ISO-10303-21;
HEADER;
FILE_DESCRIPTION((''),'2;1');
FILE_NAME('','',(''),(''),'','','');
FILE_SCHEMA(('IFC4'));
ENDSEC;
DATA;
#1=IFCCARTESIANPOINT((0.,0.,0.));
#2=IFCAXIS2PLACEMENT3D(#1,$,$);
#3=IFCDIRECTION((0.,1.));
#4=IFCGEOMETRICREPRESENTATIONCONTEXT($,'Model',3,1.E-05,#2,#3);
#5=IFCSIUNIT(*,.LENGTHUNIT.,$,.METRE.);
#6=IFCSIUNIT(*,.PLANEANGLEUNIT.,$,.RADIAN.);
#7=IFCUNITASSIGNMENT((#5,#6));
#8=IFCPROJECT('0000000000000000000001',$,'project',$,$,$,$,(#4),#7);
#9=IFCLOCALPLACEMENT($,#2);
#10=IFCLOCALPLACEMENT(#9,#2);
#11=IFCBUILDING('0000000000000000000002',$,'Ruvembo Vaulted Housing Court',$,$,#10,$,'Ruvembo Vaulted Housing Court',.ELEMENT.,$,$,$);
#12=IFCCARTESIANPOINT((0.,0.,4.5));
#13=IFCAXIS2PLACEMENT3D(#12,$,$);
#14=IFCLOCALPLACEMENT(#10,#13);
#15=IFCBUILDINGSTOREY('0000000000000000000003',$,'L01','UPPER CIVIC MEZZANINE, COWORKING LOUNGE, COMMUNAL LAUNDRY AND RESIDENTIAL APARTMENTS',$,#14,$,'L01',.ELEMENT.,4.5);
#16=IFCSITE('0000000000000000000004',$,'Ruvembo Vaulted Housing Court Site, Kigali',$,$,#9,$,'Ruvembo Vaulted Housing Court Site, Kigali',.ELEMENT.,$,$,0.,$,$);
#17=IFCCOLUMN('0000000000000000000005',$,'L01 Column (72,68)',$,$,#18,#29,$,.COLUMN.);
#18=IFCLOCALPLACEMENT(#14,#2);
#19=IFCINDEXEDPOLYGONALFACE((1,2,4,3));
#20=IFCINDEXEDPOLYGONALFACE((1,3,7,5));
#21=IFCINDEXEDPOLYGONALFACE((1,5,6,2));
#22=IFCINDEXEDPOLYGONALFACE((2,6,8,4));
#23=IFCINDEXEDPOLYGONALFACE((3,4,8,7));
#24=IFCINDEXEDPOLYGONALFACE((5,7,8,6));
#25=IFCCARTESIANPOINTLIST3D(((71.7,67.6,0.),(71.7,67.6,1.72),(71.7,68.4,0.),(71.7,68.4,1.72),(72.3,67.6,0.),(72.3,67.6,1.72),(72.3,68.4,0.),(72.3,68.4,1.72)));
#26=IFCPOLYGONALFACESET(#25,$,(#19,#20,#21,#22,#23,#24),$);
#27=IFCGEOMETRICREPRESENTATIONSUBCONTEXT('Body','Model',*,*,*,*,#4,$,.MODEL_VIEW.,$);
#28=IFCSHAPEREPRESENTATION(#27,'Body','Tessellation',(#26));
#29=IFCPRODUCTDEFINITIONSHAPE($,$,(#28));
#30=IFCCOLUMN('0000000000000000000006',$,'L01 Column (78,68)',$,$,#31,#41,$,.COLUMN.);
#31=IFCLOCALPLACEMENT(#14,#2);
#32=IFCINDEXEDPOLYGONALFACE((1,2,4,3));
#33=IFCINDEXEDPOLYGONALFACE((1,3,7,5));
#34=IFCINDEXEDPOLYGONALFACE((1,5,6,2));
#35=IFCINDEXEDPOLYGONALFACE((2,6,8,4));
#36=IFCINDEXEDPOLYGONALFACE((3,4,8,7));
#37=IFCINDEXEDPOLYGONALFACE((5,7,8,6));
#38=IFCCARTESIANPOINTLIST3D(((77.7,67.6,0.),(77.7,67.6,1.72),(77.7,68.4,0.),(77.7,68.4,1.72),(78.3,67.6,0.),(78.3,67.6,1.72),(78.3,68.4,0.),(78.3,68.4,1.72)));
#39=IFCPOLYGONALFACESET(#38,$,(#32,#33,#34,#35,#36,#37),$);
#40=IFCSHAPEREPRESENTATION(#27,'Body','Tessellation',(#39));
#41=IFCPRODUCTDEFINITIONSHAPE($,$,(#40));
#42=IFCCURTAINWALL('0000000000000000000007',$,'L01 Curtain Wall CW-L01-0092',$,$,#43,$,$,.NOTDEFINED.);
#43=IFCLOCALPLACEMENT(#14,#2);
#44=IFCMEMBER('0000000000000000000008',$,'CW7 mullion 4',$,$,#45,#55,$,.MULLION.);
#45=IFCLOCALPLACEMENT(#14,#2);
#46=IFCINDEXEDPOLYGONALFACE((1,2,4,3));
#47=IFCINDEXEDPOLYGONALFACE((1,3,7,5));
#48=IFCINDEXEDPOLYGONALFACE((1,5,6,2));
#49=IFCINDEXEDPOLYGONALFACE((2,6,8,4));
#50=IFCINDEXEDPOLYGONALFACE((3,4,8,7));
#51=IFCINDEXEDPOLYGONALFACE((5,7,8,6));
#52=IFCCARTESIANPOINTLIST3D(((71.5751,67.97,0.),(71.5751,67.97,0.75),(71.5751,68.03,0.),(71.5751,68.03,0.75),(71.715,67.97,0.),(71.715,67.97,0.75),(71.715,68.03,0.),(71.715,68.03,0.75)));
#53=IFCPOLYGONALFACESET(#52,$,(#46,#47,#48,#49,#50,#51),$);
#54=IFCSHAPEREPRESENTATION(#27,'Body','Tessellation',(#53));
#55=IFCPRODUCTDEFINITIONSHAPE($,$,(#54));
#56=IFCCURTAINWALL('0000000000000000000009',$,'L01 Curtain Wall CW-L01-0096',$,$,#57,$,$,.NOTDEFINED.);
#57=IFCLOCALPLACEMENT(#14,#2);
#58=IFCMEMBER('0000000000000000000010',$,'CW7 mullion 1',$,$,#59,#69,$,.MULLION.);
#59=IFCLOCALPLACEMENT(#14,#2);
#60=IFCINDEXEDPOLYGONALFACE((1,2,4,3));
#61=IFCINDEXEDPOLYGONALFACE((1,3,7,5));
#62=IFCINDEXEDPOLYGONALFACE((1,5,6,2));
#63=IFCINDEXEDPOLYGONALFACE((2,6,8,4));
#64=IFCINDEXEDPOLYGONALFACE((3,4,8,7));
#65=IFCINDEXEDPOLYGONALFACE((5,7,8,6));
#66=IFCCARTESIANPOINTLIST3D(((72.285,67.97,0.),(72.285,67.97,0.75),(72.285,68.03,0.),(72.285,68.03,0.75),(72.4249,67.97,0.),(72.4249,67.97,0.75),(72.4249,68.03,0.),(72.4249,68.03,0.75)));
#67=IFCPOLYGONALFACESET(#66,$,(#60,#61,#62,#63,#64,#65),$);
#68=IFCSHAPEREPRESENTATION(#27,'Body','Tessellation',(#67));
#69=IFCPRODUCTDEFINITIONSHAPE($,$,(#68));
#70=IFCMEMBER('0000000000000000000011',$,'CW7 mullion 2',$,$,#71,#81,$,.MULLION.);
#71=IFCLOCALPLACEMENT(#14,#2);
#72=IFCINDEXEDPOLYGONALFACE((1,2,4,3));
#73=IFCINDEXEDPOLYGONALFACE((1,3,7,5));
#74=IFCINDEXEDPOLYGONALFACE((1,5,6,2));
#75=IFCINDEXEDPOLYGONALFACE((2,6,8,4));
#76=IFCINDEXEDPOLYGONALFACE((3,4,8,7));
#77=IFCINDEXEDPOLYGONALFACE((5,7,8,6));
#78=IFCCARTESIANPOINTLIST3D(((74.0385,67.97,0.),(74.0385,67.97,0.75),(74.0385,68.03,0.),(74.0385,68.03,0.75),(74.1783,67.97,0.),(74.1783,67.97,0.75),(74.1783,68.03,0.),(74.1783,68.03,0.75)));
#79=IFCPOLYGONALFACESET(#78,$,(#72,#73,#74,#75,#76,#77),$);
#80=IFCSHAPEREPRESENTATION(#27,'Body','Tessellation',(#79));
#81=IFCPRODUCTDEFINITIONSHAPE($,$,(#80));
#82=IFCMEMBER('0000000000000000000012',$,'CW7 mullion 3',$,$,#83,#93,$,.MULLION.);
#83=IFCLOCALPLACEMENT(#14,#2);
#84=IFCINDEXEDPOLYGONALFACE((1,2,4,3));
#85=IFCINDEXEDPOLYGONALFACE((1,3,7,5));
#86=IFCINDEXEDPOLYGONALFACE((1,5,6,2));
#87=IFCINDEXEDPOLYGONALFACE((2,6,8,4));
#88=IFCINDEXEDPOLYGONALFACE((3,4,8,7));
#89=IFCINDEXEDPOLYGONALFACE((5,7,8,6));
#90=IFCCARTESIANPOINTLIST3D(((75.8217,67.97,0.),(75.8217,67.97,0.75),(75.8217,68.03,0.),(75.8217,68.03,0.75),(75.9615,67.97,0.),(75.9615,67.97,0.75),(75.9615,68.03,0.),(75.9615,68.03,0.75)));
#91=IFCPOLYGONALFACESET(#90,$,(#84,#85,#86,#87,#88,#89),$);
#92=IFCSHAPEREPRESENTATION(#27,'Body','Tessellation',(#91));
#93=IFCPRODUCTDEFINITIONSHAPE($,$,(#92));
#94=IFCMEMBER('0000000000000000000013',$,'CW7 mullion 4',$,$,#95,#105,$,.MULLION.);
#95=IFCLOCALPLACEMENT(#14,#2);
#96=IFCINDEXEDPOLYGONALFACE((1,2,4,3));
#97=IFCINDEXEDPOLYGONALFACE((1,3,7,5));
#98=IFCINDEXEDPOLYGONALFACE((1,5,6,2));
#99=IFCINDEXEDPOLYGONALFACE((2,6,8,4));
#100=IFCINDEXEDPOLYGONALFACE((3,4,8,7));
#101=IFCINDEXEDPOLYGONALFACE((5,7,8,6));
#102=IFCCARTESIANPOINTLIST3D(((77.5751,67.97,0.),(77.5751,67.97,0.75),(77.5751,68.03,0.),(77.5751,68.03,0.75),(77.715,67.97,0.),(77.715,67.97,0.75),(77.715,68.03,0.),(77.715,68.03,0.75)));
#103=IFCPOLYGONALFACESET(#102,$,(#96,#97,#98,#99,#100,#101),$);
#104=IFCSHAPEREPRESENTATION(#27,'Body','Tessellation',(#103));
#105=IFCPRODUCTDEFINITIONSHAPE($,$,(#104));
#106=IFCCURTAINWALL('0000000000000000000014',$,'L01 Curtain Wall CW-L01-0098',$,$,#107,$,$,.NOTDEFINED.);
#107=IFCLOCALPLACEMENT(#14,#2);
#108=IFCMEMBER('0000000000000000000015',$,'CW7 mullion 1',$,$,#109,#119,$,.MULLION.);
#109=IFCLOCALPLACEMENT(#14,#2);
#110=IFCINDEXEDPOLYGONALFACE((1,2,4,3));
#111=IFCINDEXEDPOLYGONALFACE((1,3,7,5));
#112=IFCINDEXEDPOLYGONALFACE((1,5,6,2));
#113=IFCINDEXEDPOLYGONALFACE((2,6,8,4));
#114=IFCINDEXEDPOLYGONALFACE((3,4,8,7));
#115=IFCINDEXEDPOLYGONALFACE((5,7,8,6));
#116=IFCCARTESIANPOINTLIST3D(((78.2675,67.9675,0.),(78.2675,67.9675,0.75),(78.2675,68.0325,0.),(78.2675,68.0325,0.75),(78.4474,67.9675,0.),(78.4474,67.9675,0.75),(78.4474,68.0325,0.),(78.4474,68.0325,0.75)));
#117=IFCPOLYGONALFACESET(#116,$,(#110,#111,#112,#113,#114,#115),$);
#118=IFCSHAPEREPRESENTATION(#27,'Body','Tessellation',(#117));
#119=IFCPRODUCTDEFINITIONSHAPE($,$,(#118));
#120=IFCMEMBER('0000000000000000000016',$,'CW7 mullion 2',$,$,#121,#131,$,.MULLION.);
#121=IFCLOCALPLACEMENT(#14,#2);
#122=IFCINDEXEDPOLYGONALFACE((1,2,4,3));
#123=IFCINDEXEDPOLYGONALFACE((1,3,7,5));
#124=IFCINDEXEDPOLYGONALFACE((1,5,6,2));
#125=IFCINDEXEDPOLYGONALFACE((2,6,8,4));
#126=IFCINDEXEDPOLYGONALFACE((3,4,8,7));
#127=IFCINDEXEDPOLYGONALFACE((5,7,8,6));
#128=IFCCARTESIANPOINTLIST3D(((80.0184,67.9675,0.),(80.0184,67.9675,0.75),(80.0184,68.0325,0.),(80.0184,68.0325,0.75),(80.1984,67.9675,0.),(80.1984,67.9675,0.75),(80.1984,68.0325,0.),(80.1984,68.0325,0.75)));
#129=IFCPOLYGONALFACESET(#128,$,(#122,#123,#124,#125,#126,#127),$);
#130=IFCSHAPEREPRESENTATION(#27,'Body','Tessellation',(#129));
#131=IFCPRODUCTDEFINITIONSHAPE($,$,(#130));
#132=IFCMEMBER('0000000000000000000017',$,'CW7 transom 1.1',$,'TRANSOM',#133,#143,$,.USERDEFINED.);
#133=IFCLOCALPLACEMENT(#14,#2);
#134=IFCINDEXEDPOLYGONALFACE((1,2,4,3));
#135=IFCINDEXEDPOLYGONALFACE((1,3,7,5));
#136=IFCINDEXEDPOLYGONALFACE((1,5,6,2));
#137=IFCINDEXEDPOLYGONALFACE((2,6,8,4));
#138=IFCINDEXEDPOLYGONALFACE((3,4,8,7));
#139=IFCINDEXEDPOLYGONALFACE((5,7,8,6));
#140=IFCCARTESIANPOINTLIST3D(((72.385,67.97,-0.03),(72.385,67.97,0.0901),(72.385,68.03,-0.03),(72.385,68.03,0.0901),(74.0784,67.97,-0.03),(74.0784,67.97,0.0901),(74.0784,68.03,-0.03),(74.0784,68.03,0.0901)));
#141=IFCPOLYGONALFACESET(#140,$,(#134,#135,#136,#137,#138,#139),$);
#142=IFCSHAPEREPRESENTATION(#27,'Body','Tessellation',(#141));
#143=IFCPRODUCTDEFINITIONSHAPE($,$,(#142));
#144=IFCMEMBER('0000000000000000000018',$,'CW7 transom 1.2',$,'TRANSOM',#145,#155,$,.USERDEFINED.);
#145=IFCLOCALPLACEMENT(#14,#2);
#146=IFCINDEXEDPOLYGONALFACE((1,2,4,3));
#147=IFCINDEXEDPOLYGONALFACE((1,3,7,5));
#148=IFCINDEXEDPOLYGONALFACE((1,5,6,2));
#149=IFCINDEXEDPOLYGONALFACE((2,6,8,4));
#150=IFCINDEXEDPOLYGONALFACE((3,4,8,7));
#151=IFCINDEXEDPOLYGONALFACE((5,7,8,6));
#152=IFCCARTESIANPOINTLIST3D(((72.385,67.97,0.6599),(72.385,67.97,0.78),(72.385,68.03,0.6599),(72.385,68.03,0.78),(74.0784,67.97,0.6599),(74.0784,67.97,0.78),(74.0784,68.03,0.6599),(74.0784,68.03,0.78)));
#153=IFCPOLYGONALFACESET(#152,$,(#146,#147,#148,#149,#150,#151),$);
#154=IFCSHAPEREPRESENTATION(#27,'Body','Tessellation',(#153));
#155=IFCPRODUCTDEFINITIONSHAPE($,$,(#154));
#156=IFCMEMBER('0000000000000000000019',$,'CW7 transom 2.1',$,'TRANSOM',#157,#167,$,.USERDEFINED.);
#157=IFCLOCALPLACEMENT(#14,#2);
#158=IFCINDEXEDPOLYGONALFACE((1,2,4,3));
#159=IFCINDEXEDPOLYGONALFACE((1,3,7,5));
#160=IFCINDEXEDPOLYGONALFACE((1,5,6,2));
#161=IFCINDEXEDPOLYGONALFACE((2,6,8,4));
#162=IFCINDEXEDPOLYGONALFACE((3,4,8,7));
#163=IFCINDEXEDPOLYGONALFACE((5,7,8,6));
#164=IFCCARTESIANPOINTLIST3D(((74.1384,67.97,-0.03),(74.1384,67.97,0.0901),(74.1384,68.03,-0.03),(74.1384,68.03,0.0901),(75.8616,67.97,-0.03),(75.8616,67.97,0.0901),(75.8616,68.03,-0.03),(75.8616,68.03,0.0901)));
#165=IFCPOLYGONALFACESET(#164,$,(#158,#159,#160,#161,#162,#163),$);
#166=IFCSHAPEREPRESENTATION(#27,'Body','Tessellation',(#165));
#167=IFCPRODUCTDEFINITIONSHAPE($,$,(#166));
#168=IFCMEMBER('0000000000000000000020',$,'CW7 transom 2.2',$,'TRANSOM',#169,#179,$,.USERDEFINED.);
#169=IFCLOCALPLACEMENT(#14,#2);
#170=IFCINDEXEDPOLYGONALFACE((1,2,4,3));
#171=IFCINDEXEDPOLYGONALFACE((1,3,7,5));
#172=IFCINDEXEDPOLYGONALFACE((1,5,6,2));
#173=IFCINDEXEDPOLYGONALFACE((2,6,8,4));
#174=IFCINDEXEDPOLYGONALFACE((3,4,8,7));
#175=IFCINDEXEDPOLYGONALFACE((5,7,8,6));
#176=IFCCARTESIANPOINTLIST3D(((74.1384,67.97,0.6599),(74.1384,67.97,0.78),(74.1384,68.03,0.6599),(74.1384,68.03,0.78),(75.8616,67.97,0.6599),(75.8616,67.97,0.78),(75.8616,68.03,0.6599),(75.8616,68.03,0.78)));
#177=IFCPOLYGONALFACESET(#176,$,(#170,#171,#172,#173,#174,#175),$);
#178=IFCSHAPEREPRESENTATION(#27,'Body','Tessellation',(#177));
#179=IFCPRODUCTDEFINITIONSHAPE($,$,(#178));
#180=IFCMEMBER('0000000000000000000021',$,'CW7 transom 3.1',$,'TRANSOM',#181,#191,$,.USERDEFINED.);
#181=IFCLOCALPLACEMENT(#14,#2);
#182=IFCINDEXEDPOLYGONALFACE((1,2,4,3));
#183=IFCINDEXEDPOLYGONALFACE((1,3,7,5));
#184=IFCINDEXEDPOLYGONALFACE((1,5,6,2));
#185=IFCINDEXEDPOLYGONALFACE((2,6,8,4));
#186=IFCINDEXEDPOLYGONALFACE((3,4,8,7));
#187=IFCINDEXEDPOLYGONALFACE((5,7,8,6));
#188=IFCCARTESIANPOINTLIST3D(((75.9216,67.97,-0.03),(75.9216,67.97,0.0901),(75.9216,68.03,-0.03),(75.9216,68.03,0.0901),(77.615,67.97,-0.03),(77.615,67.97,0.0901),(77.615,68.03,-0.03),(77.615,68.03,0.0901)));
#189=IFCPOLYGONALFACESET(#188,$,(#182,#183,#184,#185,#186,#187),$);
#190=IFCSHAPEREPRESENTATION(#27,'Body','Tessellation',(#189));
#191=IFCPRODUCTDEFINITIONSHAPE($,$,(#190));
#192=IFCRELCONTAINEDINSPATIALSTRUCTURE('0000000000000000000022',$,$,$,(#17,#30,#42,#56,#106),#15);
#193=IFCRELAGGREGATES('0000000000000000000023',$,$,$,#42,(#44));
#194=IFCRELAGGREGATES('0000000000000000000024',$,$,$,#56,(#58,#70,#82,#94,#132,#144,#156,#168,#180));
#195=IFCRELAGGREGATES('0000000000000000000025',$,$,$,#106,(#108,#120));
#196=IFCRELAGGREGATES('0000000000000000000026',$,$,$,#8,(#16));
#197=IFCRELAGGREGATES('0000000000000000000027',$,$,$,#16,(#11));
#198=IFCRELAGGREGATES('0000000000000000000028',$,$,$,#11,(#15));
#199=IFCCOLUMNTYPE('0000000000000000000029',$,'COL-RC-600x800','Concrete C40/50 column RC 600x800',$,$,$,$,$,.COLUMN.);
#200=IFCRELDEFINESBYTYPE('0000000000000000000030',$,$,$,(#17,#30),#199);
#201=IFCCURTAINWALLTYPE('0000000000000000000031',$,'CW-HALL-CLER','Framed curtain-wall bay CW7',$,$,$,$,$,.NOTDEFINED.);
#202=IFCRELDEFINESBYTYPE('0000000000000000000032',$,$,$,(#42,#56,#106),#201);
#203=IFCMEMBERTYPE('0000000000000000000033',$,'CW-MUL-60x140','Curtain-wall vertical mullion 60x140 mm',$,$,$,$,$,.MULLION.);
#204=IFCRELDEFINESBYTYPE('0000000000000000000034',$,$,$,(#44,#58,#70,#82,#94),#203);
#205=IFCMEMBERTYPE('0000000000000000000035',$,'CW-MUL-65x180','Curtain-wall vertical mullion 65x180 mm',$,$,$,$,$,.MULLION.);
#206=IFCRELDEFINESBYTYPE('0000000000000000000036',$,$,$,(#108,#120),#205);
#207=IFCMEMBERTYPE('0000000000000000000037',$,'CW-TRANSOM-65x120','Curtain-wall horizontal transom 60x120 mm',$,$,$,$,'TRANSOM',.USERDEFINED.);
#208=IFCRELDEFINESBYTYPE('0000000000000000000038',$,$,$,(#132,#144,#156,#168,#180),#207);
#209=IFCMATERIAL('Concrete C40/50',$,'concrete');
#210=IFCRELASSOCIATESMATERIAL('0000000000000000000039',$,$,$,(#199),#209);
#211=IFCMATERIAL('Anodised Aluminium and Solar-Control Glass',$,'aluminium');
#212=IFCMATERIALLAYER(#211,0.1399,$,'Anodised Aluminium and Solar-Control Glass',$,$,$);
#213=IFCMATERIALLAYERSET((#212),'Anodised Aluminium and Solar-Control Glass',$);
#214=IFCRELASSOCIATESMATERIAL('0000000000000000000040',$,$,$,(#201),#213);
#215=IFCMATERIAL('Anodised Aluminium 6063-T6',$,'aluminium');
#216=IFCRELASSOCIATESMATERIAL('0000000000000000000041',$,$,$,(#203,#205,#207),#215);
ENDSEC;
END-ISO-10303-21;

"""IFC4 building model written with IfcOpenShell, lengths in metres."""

from ifc_helpers import new_model, si_unit, direction, frame, origin, origin_2d, place, context, subcontext, project, spatial, rectangle, extrude, material, layer, layer_set, material_profile, profile_set, type_object, element, aggregate, save


model = new_model("IFC4")

# Units and contexts
model_context = context("Model", 3, precision=1e-05, world=origin(), true_north=direction((0.0, 1.0)))
body_context = subcontext(model_context, "Body", "Model", "MODEL_VIEW")
ifc_project = project(units=[si_unit("LENGTHUNIT", "METRE"), si_unit("PLANEANGLEUNIT", "RADIAN")], contexts=[model_context])

# Site, building, storey
site_placement = place(None, origin())
site = spatial("IfcSite", under=ifc_project, at=site_placement, Name="Ruvembo Vaulted Housing Court Site, Kigali", LongName="Ruvembo Vaulted Housing Court Site, Kigali", CompositionType="ELEMENT", RefElevation=0.0)
building_placement = place(site_placement, origin())
building = spatial("IfcBuilding", under=site, at=building_placement, Name="Ruvembo Vaulted Housing Court", LongName="Ruvembo Vaulted Housing Court", CompositionType="ELEMENT")
storey_placement = place(building_placement, frame((0.0, 0.0, 4.5)))
storey = spatial("IfcBuildingStorey", under=building, at=storey_placement, Name="L01", Description="UPPER CIVIC MEZZANINE, COWORKING LOUNGE, COMMUNAL LAUNDRY AND RESIDENTIAL APARTMENTS", LongName="L01", CompositionType="ELEMENT", Elevation=4.5)

# Columns
ifc_material_1 = material(Name="Concrete C40/50", Category="concrete")
ifc_material_profile_1 = material_profile(ifc_material_1, rectangle(XDim=0.6001, YDim=0.8, at=origin_2d()), Name="RC 600x800")
ifc_profile_set_1 = profile_set([ifc_material_profile_1], Name="Concrete C40/50")
column_type = type_object("IfcColumnType", Name="COL-RC-600x800", Description="Concrete C40/50 column RC 600x800", PredefinedType="COLUMN", material=ifc_profile_set_1)
for number, where, z_axis, x_axis, name in (
    (1, (72.0, 68.0, 0.0), (0.0, 0.0, 1.0), (1.0, 0.0, 0.0), "L01 Column (72,68)"),
    (2, (78.0, 68.0, 0.0), (0.0, 0.0, 1.0), (1.0, 0.0, 0.0), "L01 Column (78,68)"),
):
    element("IfcColumn", number, at=place(storey_placement, frame(where, z_axis=z_axis, x_axis=x_axis)), inside=storey, type_object=column_type, Name=name, PredefinedType="COLUMN", context=body_context, shape_type="SweptSolid", body=[
        extrude(rectangle(XDim=0.6001, YDim=0.8, at=origin_2d()), origin(), (0.0, 0.0, 1.0), 1.72),
    ])

# Curtain wall, member
ifc_material_2 = material(Name="Anodised Aluminium and Solar-Control Glass", Category="aluminium")
ifc_layer_1 = layer(ifc_material_2, 0.1399, Name="Anodised Aluminium and Solar-Control Glass")
ifc_layer_set_1 = layer_set([ifc_layer_1], Name="Anodised Aluminium and Solar-Control Glass")
curtain_wall_type = type_object("IfcCurtainWallType", Name="CW-HALL-CLER", Description="Framed curtain-wall bay CW7", PredefinedType="NOTDEFINED", material=ifc_layer_set_1)
curtain_wall_1_placement = place(storey_placement, origin())
curtain_wall_1 = element("IfcCurtainWall", 3, at=curtain_wall_1_placement, inside=storey, type_object=curtain_wall_type, Name="L01 Curtain Wall CW-L01-0092", PredefinedType="NOTDEFINED")
ifc_material_3 = material(Name="Anodised Aluminium 6063-T6", Category="aluminium")
ifc_material_profile_2 = material_profile(ifc_material_3, rectangle(XDim=0.0601, YDim=0.1399, at=origin_2d()), Name="ALU 60x140")
ifc_profile_set_2 = profile_set([ifc_material_profile_2], Name="Anodised Aluminium 6063-T6")
member_type_1 = type_object("IfcMemberType", Name="CW-MUL-60x140", Description="Curtain-wall vertical mullion 60x140 mm", PredefinedType="MULLION", material=ifc_profile_set_2)
member_1_placement = place(storey_placement, frame((71.645, 68.0, 0.0), z_axis=(0.0, 0.0, 1.0), x_axis=(0.0, 1.0, 0.0)))
member_1 = element("IfcMember", 4, at=member_1_placement, type_object=member_type_1, Name="CW7 mullion 4", PredefinedType="MULLION", context=body_context, shape_type="SweptSolid", body=[
    extrude(rectangle(XDim=0.0601, YDim=0.1399, at=origin_2d()), origin(), (0.0, 0.0, 1.0), 0.75),
])
aggregate(curtain_wall_1, [member_1])

# Curtain walls, members
curtain_wall_2_placement = place(storey_placement, origin())
curtain_wall_2 = element("IfcCurtainWall", 5, at=curtain_wall_2_placement, inside=storey, type_object=curtain_wall_type, Name="L01 Curtain Wall CW-L01-0096", PredefinedType="NOTDEFINED")
member_2_placement = place(storey_placement, frame((72.355, 68.0, 0.0), z_axis=(0.0, 0.0, 1.0), x_axis=(0.0, 1.0, 0.0)))
member_2 = element("IfcMember", 6, at=member_2_placement, type_object=member_type_1, Name="CW7 mullion 1", PredefinedType="MULLION", context=body_context, shape_type="SweptSolid", body=[
    extrude(rectangle(XDim=0.0601, YDim=0.1399, at=origin_2d()), origin(), (0.0, 0.0, 1.0), 0.75),
])
member_3_placement = place(storey_placement, frame((74.1084, 68.0, 0.0), z_axis=(0.0, 0.0, 1.0), x_axis=(0.0, 1.0, 0.0)))
member_3 = element("IfcMember", 7, at=member_3_placement, type_object=member_type_1, Name="CW7 mullion 2", PredefinedType="MULLION", context=body_context, shape_type="SweptSolid", body=[
    extrude(rectangle(XDim=0.0601, YDim=0.1399, at=origin_2d()), origin(), (0.0, 0.0, 1.0), 0.75),
])
member_4_placement = place(storey_placement, frame((75.8916, 68.0, 0.0), z_axis=(0.0, 0.0, 1.0), x_axis=(0.0, 1.0, 0.0)))
member_4 = element("IfcMember", 8, at=member_4_placement, type_object=member_type_1, Name="CW7 mullion 3", PredefinedType="MULLION", context=body_context, shape_type="SweptSolid", body=[
    extrude(rectangle(XDim=0.0601, YDim=0.1399, at=origin_2d()), origin(), (0.0, 0.0, 1.0), 0.75),
])
member_5_placement = place(storey_placement, frame((77.645, 68.0, 0.0), z_axis=(0.0, 0.0, 1.0), x_axis=(0.0, 1.0, 0.0)))
member_5 = element("IfcMember", 9, at=member_5_placement, type_object=member_type_1, Name="CW7 mullion 4", PredefinedType="MULLION", context=body_context, shape_type="SweptSolid", body=[
    extrude(rectangle(XDim=0.0601, YDim=0.1399, at=origin_2d()), origin(), (0.0, 0.0, 1.0), 0.75),
])
curtain_wall_3_placement = place(storey_placement, origin())
curtain_wall_3 = element("IfcCurtainWall", 10, at=curtain_wall_3_placement, inside=storey, type_object=curtain_wall_type, Name="L01 Curtain Wall CW-L01-0098", PredefinedType="NOTDEFINED")
ifc_material_profile_3 = material_profile(ifc_material_3, rectangle(XDim=0.0649, YDim=0.1799, at=origin_2d()), Name="ALU 65x180")
ifc_profile_set_3 = profile_set([ifc_material_profile_3], Name="Anodised Aluminium 6063-T6")
member_type_2 = type_object("IfcMemberType", Name="CW-MUL-65x180", Description="Curtain-wall vertical mullion 65x180 mm", PredefinedType="MULLION", material=ifc_profile_set_3)
member_6_placement = place(storey_placement, frame((78.3574, 68.0, 0.0), z_axis=(0.0, 0.0, 1.0), x_axis=(0.0, 1.0, 0.0)))
member_6 = element("IfcMember", 11, at=member_6_placement, type_object=member_type_2, Name="CW7 mullion 1", PredefinedType="MULLION", context=body_context, shape_type="SweptSolid", body=[
    extrude(rectangle(XDim=0.0649, YDim=0.1799, at=origin_2d()), origin(), (0.0, 0.0, 1.0), 0.75),
])
member_7_placement = place(storey_placement, frame((80.1084, 68.0, 0.0), z_axis=(0.0, 0.0, 1.0), x_axis=(0.0, 1.0, 0.0)))
member_7 = element("IfcMember", 12, at=member_7_placement, type_object=member_type_2, Name="CW7 mullion 2", PredefinedType="MULLION", context=body_context, shape_type="SweptSolid", body=[
    extrude(rectangle(XDim=0.0649, YDim=0.1799, at=origin_2d()), origin(), (0.0, 0.0, 1.0), 0.75),
])

# Members
ifc_material_profile_4 = material_profile(ifc_material_3, rectangle(XDim=0.0601, YDim=0.1201, at=origin_2d()), Name="ALU 60x120")
ifc_profile_set_4 = profile_set([ifc_material_profile_4], Name="Anodised Aluminium 6063-T6")
member_type_3 = type_object("IfcMemberType", Name="CW-TRANSOM-65x120", Description="Curtain-wall horizontal transom 60x120 mm", ElementType="TRANSOM", PredefinedType="USERDEFINED", material=ifc_profile_set_4)
member_8_placement = place(storey_placement, frame((72.385, 68.0, 0.03), z_axis=(1.0, 0.0, 0.0), x_axis=(0.0, 1.0, 0.0)))
member_8 = element("IfcMember", 13, at=member_8_placement, type_object=member_type_3, Name="CW7 transom 1.1", ObjectType="TRANSOM", PredefinedType="USERDEFINED", context=body_context, shape_type="SweptSolid", body=[
    extrude(rectangle(XDim=0.0601, YDim=0.1201, at=origin_2d()), origin(), (0.0, 0.0, 1.0), 1.6934),
])
member_9_placement = place(storey_placement, frame((72.385, 68.0, 0.72), z_axis=(1.0, 0.0, 0.0), x_axis=(0.0, 1.0, 0.0)))
member_9 = element("IfcMember", 14, at=member_9_placement, type_object=member_type_3, Name="CW7 transom 1.2", ObjectType="TRANSOM", PredefinedType="USERDEFINED", context=body_context, shape_type="SweptSolid", body=[
    extrude(rectangle(XDim=0.0601, YDim=0.1201, at=origin_2d()), origin(), (0.0, 0.0, 1.0), 1.6934),
])
member_10_placement = place(storey_placement, frame((74.1384, 68.0, 0.03), z_axis=(1.0, 0.0, 0.0), x_axis=(0.0, 1.0, 0.0)))
member_10 = element("IfcMember", 15, at=member_10_placement, type_object=member_type_3, Name="CW7 transom 2.1", ObjectType="TRANSOM", PredefinedType="USERDEFINED", context=body_context, shape_type="SweptSolid", body=[
    extrude(rectangle(XDim=0.0601, YDim=0.1201, at=origin_2d()), origin(), (0.0, 0.0, 1.0), 1.7231),
])
member_11_placement = place(storey_placement, frame((74.1384, 68.0, 0.72), z_axis=(1.0, 0.0, 0.0), x_axis=(0.0, 1.0, 0.0)))
member_11 = element("IfcMember", 16, at=member_11_placement, type_object=member_type_3, Name="CW7 transom 2.2", ObjectType="TRANSOM", PredefinedType="USERDEFINED", context=body_context, shape_type="SweptSolid", body=[
    extrude(rectangle(XDim=0.0601, YDim=0.1201, at=origin_2d()), origin(), (0.0, 0.0, 1.0), 1.7231),
])
member_12_placement = place(storey_placement, frame((75.9216, 68.0, 0.03), z_axis=(1.0, 0.0, 0.0), x_axis=(0.0, 1.0, 0.0)))
member_12 = element("IfcMember", 17, at=member_12_placement, type_object=member_type_3, Name="CW7 transom 3.1", ObjectType="TRANSOM", PredefinedType="USERDEFINED", context=body_context, shape_type="SweptSolid", body=[
    extrude(rectangle(XDim=0.0601, YDim=0.1201, at=origin_2d()), origin(), (0.0, 0.0, 1.0), 1.6934),
])

aggregate(curtain_wall_2, [member_2, member_3, member_4, member_5, member_8, member_9, member_10, member_11, member_12])
aggregate(curtain_wall_3, [member_6, member_7])

save(model, "model.ifc")
